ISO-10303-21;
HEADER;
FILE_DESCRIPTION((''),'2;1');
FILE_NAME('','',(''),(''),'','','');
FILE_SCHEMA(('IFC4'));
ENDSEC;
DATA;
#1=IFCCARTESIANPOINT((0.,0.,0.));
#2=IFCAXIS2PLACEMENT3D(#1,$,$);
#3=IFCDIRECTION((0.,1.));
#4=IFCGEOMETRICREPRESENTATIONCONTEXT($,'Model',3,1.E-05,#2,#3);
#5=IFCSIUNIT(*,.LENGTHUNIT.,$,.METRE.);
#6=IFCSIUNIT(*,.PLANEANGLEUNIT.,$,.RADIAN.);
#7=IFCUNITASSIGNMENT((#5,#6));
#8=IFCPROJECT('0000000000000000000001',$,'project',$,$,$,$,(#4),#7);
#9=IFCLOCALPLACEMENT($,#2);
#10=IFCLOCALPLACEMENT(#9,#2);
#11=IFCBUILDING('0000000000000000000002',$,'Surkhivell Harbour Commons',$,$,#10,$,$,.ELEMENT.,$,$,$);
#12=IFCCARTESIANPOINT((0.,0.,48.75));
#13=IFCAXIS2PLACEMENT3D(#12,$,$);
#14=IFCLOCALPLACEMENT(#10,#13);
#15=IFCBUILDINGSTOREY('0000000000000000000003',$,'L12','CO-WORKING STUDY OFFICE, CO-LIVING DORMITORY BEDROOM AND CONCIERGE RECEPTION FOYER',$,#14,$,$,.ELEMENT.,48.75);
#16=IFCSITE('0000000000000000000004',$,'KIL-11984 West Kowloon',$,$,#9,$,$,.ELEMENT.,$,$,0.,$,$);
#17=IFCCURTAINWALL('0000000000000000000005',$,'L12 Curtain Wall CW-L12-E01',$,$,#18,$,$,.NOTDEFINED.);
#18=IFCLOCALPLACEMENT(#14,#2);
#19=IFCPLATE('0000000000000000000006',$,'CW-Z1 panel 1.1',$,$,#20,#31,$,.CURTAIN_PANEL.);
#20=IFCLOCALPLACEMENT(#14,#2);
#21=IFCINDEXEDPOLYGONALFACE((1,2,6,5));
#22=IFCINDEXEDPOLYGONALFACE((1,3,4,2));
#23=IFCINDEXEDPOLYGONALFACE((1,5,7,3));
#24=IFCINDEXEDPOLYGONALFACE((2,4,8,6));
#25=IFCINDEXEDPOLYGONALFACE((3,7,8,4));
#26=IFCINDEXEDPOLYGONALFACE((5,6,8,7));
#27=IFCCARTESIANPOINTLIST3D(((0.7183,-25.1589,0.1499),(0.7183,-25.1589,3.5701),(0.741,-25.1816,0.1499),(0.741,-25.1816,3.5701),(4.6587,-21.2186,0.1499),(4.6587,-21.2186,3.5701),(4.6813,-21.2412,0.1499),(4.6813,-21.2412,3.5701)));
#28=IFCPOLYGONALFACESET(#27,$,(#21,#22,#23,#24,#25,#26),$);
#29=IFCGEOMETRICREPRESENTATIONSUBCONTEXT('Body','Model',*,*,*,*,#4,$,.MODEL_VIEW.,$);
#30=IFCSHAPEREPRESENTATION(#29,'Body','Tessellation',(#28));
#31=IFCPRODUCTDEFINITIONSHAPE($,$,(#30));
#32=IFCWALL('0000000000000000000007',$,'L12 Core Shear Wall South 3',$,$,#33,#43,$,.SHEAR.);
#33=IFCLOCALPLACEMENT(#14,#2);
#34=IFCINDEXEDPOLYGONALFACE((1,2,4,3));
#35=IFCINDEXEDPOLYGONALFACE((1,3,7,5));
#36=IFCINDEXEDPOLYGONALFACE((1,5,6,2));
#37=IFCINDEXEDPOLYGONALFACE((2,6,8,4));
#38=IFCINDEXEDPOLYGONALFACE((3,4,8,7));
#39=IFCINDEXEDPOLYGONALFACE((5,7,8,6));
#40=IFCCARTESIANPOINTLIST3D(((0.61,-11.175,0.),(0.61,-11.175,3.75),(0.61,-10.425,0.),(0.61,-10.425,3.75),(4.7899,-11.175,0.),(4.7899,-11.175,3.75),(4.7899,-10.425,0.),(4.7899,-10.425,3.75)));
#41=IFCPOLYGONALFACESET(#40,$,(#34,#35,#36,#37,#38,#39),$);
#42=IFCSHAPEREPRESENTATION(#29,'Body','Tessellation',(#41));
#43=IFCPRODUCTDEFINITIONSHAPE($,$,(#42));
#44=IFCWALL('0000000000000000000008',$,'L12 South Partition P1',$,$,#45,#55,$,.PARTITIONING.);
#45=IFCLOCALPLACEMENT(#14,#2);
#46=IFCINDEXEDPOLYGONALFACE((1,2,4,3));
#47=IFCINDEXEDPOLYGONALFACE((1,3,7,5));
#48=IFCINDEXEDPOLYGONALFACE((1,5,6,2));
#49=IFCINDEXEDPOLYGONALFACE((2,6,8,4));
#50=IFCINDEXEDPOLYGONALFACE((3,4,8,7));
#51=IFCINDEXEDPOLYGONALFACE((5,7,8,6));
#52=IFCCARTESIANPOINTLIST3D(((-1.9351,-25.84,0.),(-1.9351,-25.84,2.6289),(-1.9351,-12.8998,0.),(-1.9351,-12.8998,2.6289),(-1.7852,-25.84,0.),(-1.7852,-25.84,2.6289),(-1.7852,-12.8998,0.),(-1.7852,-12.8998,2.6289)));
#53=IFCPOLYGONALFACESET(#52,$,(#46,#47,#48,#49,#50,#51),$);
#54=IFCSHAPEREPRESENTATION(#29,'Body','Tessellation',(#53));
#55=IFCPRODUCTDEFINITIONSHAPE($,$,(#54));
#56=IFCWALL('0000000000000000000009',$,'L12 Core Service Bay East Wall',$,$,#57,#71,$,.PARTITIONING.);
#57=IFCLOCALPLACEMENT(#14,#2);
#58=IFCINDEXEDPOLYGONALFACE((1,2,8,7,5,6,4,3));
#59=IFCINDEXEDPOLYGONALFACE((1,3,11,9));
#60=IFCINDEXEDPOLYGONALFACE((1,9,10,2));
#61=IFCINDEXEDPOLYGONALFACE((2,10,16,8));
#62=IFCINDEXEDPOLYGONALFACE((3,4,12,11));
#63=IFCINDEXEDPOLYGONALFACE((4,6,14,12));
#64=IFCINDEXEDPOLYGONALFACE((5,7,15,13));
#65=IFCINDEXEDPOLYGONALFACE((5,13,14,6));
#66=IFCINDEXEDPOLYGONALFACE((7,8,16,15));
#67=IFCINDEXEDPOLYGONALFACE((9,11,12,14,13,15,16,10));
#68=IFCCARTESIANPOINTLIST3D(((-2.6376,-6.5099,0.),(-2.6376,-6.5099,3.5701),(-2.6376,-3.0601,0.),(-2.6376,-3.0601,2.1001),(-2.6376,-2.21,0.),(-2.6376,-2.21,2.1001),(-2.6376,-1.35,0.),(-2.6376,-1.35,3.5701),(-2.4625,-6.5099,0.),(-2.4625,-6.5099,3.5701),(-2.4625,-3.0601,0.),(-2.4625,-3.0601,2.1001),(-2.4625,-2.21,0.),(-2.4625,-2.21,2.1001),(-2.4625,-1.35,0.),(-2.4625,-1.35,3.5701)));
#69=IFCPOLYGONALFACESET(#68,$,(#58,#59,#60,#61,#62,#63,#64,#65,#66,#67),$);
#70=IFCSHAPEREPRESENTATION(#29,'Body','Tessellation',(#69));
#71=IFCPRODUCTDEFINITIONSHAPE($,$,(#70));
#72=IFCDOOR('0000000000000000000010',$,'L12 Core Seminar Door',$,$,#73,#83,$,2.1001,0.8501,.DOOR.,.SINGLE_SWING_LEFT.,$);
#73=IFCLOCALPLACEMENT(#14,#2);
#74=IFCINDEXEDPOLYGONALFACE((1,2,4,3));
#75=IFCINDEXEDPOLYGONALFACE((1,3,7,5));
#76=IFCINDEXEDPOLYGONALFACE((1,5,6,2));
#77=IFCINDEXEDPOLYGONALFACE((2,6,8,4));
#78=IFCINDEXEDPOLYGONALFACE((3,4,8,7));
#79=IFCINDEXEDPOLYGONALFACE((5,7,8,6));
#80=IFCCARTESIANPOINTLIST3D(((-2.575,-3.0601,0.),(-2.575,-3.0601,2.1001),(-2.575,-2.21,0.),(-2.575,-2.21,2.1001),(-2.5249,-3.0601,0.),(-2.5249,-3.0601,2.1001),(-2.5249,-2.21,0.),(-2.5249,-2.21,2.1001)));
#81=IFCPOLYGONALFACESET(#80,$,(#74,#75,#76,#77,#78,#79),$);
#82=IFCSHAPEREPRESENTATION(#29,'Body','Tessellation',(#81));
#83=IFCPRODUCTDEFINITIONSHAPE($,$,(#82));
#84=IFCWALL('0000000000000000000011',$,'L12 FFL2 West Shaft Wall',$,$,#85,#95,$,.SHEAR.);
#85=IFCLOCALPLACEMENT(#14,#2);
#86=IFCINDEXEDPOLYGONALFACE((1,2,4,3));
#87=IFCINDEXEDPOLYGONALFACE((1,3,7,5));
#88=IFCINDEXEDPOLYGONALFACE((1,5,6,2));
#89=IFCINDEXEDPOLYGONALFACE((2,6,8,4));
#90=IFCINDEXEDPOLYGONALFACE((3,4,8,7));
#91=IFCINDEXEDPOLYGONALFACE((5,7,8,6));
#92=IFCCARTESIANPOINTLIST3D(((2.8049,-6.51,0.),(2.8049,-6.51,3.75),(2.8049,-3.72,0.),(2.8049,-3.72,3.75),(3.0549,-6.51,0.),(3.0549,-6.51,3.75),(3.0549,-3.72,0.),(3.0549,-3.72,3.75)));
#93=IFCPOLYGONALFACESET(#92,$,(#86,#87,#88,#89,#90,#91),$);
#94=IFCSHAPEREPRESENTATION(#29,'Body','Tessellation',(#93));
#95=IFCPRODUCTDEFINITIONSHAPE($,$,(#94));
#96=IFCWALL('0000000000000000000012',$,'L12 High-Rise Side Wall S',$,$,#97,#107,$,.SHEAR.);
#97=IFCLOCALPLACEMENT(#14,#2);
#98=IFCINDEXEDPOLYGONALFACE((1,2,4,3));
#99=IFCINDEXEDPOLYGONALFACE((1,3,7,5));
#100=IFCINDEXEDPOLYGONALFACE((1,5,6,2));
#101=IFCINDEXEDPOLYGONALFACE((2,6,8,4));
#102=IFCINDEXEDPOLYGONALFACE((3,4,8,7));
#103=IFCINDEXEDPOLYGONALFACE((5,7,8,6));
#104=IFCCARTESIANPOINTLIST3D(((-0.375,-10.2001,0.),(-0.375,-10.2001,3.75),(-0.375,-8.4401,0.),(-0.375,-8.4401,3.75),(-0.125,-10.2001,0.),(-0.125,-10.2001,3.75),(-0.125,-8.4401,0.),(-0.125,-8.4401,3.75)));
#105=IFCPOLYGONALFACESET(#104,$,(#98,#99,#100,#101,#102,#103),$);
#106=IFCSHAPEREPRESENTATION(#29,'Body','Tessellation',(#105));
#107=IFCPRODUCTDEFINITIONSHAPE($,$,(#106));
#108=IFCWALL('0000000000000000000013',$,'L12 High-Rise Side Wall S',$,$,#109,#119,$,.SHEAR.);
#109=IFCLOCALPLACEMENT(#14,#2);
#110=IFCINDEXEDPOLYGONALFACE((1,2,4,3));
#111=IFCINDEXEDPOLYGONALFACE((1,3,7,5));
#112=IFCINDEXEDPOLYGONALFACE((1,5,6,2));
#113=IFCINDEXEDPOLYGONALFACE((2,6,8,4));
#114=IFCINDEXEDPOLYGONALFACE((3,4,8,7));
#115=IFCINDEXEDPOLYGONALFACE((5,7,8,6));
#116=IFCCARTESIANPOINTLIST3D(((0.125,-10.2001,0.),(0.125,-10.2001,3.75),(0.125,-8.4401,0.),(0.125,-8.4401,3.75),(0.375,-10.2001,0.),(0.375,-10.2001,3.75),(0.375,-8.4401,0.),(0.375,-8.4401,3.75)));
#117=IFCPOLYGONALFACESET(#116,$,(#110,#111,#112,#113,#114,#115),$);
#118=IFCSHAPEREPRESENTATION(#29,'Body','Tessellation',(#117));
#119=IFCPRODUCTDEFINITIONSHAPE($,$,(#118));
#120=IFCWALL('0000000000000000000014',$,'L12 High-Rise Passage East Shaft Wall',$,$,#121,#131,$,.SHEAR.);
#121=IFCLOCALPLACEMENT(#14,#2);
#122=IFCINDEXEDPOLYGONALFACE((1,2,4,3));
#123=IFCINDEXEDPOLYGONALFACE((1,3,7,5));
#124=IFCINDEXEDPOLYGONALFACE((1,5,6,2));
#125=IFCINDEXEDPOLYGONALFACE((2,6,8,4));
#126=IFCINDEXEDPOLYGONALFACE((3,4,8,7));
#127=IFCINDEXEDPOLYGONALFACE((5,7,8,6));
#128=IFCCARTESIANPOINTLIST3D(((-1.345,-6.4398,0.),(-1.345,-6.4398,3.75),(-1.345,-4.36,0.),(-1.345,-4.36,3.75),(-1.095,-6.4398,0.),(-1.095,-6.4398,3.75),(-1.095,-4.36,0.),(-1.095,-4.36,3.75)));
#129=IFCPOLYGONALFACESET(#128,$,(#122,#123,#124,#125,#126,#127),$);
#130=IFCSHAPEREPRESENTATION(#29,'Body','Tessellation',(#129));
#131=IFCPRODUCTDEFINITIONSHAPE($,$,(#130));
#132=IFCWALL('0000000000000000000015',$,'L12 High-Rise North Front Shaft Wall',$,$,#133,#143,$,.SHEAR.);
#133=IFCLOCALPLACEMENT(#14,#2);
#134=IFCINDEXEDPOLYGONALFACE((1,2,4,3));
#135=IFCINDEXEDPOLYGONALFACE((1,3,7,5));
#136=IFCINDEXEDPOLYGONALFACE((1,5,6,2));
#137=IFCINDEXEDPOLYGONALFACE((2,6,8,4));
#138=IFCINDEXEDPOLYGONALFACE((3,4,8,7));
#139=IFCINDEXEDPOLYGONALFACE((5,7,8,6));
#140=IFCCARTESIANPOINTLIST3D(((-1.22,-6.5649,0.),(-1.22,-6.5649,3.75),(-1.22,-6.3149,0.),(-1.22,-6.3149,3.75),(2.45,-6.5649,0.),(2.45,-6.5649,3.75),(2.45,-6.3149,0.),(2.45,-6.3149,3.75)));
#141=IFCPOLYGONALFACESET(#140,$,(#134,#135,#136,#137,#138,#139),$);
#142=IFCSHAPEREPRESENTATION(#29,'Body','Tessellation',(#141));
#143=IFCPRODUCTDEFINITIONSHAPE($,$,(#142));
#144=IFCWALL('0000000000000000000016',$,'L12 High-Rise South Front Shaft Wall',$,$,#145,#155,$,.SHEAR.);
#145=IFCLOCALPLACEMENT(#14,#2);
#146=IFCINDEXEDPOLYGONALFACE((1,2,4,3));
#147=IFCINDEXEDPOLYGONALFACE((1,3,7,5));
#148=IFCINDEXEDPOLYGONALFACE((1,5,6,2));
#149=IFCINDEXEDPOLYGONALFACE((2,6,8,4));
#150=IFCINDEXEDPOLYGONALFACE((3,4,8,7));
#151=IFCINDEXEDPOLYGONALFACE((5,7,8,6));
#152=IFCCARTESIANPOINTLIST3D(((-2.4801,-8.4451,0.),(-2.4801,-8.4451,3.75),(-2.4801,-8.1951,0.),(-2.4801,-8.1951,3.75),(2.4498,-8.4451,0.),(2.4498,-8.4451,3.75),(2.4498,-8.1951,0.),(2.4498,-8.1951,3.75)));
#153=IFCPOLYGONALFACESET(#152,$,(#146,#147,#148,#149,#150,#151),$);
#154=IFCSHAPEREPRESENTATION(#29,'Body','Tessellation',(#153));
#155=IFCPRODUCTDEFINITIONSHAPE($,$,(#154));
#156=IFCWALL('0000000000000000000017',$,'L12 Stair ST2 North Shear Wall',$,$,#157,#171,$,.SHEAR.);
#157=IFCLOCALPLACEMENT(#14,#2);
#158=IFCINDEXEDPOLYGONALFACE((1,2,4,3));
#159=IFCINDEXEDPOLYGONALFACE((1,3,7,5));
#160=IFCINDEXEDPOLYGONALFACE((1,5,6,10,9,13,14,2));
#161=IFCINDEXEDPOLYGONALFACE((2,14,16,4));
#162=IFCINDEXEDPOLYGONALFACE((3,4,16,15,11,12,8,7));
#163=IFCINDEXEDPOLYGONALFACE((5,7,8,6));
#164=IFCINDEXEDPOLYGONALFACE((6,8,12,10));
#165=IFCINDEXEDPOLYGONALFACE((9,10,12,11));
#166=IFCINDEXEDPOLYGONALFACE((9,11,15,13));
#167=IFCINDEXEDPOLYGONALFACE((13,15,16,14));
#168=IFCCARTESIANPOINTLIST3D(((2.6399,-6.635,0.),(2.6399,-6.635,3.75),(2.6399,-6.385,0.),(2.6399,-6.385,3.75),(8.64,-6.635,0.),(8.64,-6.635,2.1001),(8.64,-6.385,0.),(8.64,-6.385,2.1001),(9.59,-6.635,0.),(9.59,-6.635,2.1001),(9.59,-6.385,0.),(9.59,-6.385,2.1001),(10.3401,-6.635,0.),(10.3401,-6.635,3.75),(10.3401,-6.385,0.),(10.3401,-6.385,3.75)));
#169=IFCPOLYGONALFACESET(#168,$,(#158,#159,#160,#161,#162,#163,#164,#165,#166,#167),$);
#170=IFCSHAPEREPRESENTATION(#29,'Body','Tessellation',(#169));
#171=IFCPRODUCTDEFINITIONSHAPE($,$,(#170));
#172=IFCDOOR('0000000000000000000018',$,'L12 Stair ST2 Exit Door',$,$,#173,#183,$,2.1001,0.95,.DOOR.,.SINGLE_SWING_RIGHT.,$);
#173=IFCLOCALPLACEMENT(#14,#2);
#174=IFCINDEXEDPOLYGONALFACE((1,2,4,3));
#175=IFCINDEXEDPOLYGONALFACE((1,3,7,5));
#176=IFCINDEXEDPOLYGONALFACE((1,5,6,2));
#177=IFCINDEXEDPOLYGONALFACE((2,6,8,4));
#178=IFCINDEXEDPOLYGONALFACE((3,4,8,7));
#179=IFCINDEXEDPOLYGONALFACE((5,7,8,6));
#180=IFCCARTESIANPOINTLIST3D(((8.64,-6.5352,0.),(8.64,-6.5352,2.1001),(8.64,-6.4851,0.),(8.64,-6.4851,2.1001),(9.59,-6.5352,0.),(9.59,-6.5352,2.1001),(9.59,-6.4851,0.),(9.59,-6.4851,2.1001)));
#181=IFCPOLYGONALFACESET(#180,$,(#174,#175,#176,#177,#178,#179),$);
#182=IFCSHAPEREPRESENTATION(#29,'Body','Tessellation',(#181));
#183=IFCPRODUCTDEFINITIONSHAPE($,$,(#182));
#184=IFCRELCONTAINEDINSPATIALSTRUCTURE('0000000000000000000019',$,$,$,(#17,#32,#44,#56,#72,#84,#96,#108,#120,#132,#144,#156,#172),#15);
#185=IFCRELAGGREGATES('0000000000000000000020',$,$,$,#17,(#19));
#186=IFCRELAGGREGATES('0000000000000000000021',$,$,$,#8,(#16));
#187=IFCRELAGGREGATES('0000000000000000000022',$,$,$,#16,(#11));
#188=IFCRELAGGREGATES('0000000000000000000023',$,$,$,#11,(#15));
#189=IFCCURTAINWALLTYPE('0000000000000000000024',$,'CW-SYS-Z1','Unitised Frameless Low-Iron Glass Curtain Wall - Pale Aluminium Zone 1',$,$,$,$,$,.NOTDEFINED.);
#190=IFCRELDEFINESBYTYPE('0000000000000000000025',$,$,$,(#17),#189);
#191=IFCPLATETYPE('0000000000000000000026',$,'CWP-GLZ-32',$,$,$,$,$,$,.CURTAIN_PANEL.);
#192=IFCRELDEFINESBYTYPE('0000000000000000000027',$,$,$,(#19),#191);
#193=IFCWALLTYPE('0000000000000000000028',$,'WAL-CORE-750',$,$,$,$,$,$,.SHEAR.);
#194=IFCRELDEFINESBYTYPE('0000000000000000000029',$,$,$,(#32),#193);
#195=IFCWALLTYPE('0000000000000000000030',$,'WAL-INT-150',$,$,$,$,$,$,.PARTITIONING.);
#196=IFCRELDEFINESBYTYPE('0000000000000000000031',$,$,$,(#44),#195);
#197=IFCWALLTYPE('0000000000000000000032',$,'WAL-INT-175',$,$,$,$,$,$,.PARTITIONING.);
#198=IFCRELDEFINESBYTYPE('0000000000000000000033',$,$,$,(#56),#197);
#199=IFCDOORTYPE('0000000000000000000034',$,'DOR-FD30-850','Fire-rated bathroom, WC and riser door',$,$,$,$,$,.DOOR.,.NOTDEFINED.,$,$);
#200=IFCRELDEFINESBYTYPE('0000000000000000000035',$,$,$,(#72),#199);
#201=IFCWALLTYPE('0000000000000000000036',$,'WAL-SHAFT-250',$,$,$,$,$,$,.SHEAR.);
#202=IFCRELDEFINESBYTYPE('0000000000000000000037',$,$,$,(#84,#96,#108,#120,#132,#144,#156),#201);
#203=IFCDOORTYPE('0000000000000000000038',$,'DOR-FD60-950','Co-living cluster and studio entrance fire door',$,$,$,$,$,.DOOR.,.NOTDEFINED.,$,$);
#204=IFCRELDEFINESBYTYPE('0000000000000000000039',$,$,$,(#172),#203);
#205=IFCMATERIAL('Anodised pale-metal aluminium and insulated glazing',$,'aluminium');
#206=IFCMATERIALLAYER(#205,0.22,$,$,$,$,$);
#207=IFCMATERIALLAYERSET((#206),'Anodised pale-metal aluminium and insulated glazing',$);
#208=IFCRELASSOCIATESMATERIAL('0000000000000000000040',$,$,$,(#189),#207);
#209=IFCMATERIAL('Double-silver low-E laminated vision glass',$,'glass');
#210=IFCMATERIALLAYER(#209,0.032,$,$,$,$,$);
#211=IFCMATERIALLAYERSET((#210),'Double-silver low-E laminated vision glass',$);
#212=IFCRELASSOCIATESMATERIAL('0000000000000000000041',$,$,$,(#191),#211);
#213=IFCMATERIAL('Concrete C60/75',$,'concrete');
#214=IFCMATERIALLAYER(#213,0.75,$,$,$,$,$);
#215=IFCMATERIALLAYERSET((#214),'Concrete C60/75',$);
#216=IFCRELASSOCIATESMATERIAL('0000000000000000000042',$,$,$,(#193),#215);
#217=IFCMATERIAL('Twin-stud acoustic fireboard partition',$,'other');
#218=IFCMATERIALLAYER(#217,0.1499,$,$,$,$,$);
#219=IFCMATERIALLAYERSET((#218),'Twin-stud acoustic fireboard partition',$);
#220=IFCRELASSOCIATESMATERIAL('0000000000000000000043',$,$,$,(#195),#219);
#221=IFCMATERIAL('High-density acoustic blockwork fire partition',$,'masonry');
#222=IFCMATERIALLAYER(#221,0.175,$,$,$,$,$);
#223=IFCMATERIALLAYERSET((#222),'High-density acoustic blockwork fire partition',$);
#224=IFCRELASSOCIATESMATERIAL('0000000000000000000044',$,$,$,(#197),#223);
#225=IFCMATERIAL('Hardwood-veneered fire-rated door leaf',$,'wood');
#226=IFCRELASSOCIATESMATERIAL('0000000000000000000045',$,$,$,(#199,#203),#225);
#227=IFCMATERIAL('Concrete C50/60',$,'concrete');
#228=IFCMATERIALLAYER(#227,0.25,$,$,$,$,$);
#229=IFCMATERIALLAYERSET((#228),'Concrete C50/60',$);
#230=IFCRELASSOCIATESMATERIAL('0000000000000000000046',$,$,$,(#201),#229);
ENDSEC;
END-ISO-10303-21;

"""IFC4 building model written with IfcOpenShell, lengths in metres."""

from ifc_helpers import new_model, si_unit, direction, frame, frame_2d, origin, place, context, subcontext, project, spatial, rectangle, extrude, material, layer, layer_set, type_object, element, fill, aggregate, save


model = new_model("IFC4")

# Units and contexts
model_context = context("Model", 3, precision=1e-05, world=origin(), true_north=direction((0.0, 1.0)))
body_context = subcontext(model_context, "Body", "Model", "MODEL_VIEW")
ifc_project = project(units=[si_unit("LENGTHUNIT", "METRE"), si_unit("PLANEANGLEUNIT", "RADIAN")], contexts=[model_context])

# Site, building, storey
site_placement = place(None, origin())
site = spatial("IfcSite", under=ifc_project, at=site_placement, Name="KIL-11984 West Kowloon", CompositionType="ELEMENT", RefElevation=0.0)
building_placement = place(site_placement, origin())
building = spatial("IfcBuilding", under=site, at=building_placement, Name="Surkhivell Harbour Commons", CompositionType="ELEMENT")
storey_placement = place(building_placement, frame((0.0, 0.0, 48.75)))
storey = spatial("IfcBuildingStorey", under=building, at=storey_placement, Name="L12", Description="CO-WORKING STUDY OFFICE, CO-LIVING DORMITORY BEDROOM AND CONCIERGE RECEPTION FOYER", CompositionType="ELEMENT", Elevation=48.75)

# Shared definitions
ifc_material_1 = material(Name="Anodised pale-metal aluminium and insulated glazing", Category="aluminium")
ifc_layer_1 = layer(ifc_material_1, 0.22)
ifc_layer_set_1 = layer_set([ifc_layer_1], Name="Anodised pale-metal aluminium and insulated glazing")
curtain_wall_type = type_object("IfcCurtainWallType", Name="CW-SYS-Z1", Description="Unitised Frameless Low-Iron Glass Curtain Wall - Pale Aluminium Zone 1", PredefinedType="NOTDEFINED", material=ifc_layer_set_1)

# Curtain wall
curtain_wall_1_placement = place(storey_placement, origin())
curtain_wall_1 = element("IfcCurtainWall", 1, at=curtain_wall_1_placement, inside=storey, type_object=curtain_wall_type, Name="L12 Curtain Wall CW-L12-E01", PredefinedType="NOTDEFINED")

# Plate
ifc_material_2 = material(Name="Double-silver low-E laminated vision glass", Category="glass")
ifc_layer_2 = layer(ifc_material_2, 0.032)
ifc_layer_set_2 = layer_set([ifc_layer_2], Name="Double-silver low-E laminated vision glass")
plate_type = type_object("IfcPlateType", Name="CWP-GLZ-32", PredefinedType="CURTAIN_PANEL", material=ifc_layer_set_2)
plate_1_placement = place(storey_placement, frame((0.7297, -25.1702, 0.1499), z_axis=(0.0, 0.0, 1.0), x_axis=(0.707107, 0.707107, 0.0)))
plate_1 = element("IfcPlate", 2, at=plate_1_placement, type_object=plate_type, Name="CW-Z1 panel 1.1", PredefinedType="CURTAIN_PANEL", context=body_context, shape_type="SweptSolid", body=[
    extrude(rectangle(XDim=5.5725, YDim=0.032, at=frame_2d((2.7861, 0.0))), origin(), (0.0, 0.0, 1.0), 3.4202),
])
aggregate(curtain_wall_1, [plate_1])

# Walls
ifc_material_3 = material(Name="Concrete C60/75", Category="concrete")
ifc_layer_3 = layer(ifc_material_3, 0.75)
ifc_layer_set_3 = layer_set([ifc_layer_3], Name="Concrete C60/75")
wall_type_1 = type_object("IfcWallType", Name="WAL-CORE-750", PredefinedType="SHEAR", material=ifc_layer_set_3)
wall_1_placement = place(storey_placement, frame((0.6101, -10.8, 0.0), z_axis=(0.0, 0.0, 1.0), x_axis=(1.0, 0.0, 0.0)))
element("IfcWall", 3, at=wall_1_placement, inside=storey, type_object=wall_type_1, Name="L12 Core Shear Wall South 3", PredefinedType="SHEAR", context=body_context, shape_type="SweptSolid", body=[
    extrude(rectangle(XDim=4.1799, YDim=0.75, at=frame_2d((2.0898, 0.0))), origin(), (0.0, 0.0, 1.0), 3.75),
])
ifc_material_4 = material(Name="Twin-stud acoustic fireboard partition", Category="other")
ifc_layer_4 = layer(ifc_material_4, 0.1499)
ifc_layer_set_4 = layer_set([ifc_layer_4], Name="Twin-stud acoustic fireboard partition")
wall_type_2 = type_object("IfcWallType", Name="WAL-INT-150", PredefinedType="PARTITIONING", material=ifc_layer_set_4)
wall_2_placement = place(storey_placement, frame((-1.8601, -25.8401, 0.0), z_axis=(0.0, 0.0, 1.0), x_axis=(0.0, 1.0, 0.0)))
element("IfcWall", 4, at=wall_2_placement, inside=storey, type_object=wall_type_2, Name="L12 South Partition P1", PredefinedType="PARTITIONING", context=body_context, shape_type="SweptSolid", body=[
    extrude(rectangle(XDim=12.9402, YDim=0.1499, at=frame_2d((6.4702, 0.0))), origin(), (0.0, 0.0, 1.0), 2.6289),
])

# Wall, opening, door
ifc_material_5 = material(Name="High-density acoustic blockwork fire partition", Category="masonry")
ifc_layer_5 = layer(ifc_material_5, 0.175)
ifc_layer_set_5 = layer_set([ifc_layer_5], Name="High-density acoustic blockwork fire partition")
wall_type_3 = type_object("IfcWallType", Name="WAL-INT-175", PredefinedType="PARTITIONING", material=ifc_layer_set_5)
wall_3_placement = place(storey_placement, frame((-2.55, -6.51, 0.0), z_axis=(0.0, 0.0, 1.0), x_axis=(0.0, 1.0, 0.0)))
wall_3 = element("IfcWall", 5, at=wall_3_placement, inside=storey, type_object=wall_type_3, Name="L12 Core Service Bay East Wall", PredefinedType="PARTITIONING", context=body_context, shape_type="SweptSolid", body=[
    extrude(rectangle(XDim=5.1599, YDim=0.175, at=frame_2d((2.5801, 0.0))), origin(), (0.0, 0.0, 1.0), 3.5701),
])
opening_1_placement = place(wall_3_placement, frame((3.45, 0.0, 0.0)))
opening_1 = element("IfcOpeningElement", 6, at=opening_1_placement, cuts=wall_3, PredefinedType="OPENING", context=body_context, shape_type="SweptSolid", body=[
    extrude(rectangle(XDim=0.8501, YDim=2.1001, at=frame_2d((0.425, 1.05))), frame((0.0, 0.0974, 0.0), z_axis=(0.0, -1.0, 0.0), x_axis=(1.0, 0.0, 0.0)), (0.0, 0.0, 1.0), 0.1951),
])
ifc_material_6 = material(Name="Hardwood-veneered fire-rated door leaf", Category="wood")
door_type_1 = type_object("IfcDoorType", Name="DOR-FD30-850", Description="Fire-rated bathroom, WC and riser door", OperationType="NOTDEFINED", PredefinedType="DOOR", material=ifc_material_6)
door_1_placement = place(opening_1_placement, origin())
door_1 = element("IfcDoor", 7, at=door_1_placement, inside=storey, type_object=door_type_1, Name="L12 Core Seminar Door", OperationType="SINGLE_SWING_LEFT", OverallHeight=2.1001, OverallWidth=0.8501, PredefinedType="DOOR", context=body_context, shape_type="SweptSolid", body=[
    extrude(rectangle(XDim=0.8501, YDim=2.1001, at=frame_2d((0.425, 1.05))), frame((0.0, 0.0249, 0.0), z_axis=(0.0, -1.0, 0.0), x_axis=(1.0, 0.0, 0.0)), (0.0, 0.0, 1.0), 0.05),
])
fill(opening_1, door_1)

# Walls
ifc_material_7 = material(Name="Concrete C50/60", Category="concrete")
ifc_layer_6 = layer(ifc_material_7, 0.25)
ifc_layer_set_6 = layer_set([ifc_layer_6], Name="Concrete C50/60")
wall_type_4 = type_object("IfcWallType", Name="WAL-SHAFT-250", PredefinedType="SHEAR", material=ifc_layer_set_6)
wall_4_placement = place(storey_placement, frame((2.9299, -6.51, 0.0), z_axis=(0.0, 0.0, 1.0), x_axis=(0.0, 1.0, 0.0)))
element("IfcWall", 8, at=wall_4_placement, inside=storey, type_object=wall_type_4, Name="L12 FFL2 West Shaft Wall", PredefinedType="SHEAR", context=body_context, shape_type="SweptSolid", body=[
    extrude(rectangle(XDim=2.79, YDim=0.25, at=frame_2d((1.395, 0.0))), origin(), (0.0, 0.0, 1.0), 3.75),
])
for number, where, z_axis, x_axis, name in (
    (9, (-0.25, -10.2, 0.0), (0.0, 0.0, 1.0), (0.0, 1.0, 0.0), "L12 High-Rise Side Wall S"),
    (10, (0.25, -10.2, 0.0), (0.0, 0.0, 1.0), (0.0, 1.0, 0.0), "L12 High-Rise Side Wall S"),
):
    element("IfcWall", number, at=place(storey_placement, frame(where, z_axis=z_axis, x_axis=x_axis)), inside=storey, type_object=wall_type_4, Name=name, PredefinedType="SHEAR", context=body_context, shape_type="SweptSolid", body=[
        extrude(rectangle(XDim=1.76, YDim=0.25, at=frame_2d((0.8799, 0.0))), origin(), (0.0, 0.0, 1.0), 3.75),
    ])
wall_5_placement = place(storey_placement, frame((-1.22, -6.4399, 0.0), z_axis=(0.0, 0.0, 1.0), x_axis=(0.0, 1.0, 0.0)))
element("IfcWall", 11, at=wall_5_placement, inside=storey, type_object=wall_type_4, Name="L12 High-Rise Passage East Shaft Wall", PredefinedType="SHEAR", context=body_context, shape_type="SweptSolid", body=[
    extrude(rectangle(XDim=2.0798, YDim=0.25, at=frame_2d((1.04, 0.0))), origin(), (0.0, 0.0, 1.0), 3.75),
])
wall_6_placement = place(storey_placement, frame((-1.22, -6.4399, 0.0), z_axis=(0.0, 0.0, 1.0), x_axis=(1.0, 0.0, 0.0)))
element("IfcWall", 12, at=wall_6_placement, inside=storey, type_object=wall_type_4, Name="L12 High-Rise North Front Shaft Wall", PredefinedType="SHEAR", context=body_context, shape_type="SweptSolid", body=[
    extrude(rectangle(XDim=3.6699, YDim=0.25, at=frame_2d((1.835, 0.0))), origin(), (0.0, 0.0, 1.0), 3.75),
])
wall_7_placement = place(storey_placement, frame((-2.48, -8.3201, 0.0), z_axis=(0.0, 0.0, 1.0), x_axis=(1.0, 0.0, 0.0)))
element("IfcWall", 13, at=wall_7_placement, inside=storey, type_object=wall_type_4, Name="L12 High-Rise South Front Shaft Wall", PredefinedType="SHEAR", context=body_context, shape_type="SweptSolid", body=[
    extrude(rectangle(XDim=4.9299, YDim=0.25, at=frame_2d((2.4648, 0.0))), origin(), (0.0, 0.0, 1.0), 3.75),
])

# Wall, opening, door
wall_8_placement = place(storey_placement, frame((2.6399, -6.51, 0.0), z_axis=(0.0, 0.0, 1.0), x_axis=(1.0, 0.0, 0.0)))
wall_8 = element("IfcWall", 14, at=wall_8_placement, inside=storey, type_object=wall_type_4, Name="L12 Stair ST2 North Shear Wall", PredefinedType="SHEAR", context=body_context, shape_type="SweptSolid", body=[
    extrude(rectangle(XDim=7.7002, YDim=0.25, at=frame_2d((3.8501, 0.0))), origin(), (0.0, 0.0, 1.0), 3.75),
])
opening_2_placement = place(wall_8_placement, frame((6.0, 0.0, 0.0)))
opening_2 = element("IfcOpeningElement", 15, at=opening_2_placement, cuts=wall_8, PredefinedType="OPENING", context=body_context, shape_type="SweptSolid", body=[
    extrude(rectangle(XDim=0.95, YDim=2.1001, at=frame_2d((0.4751, 1.05))), frame((0.0, 0.135, 0.0), z_axis=(0.0, -1.0, 0.0), x_axis=(1.0, 0.0, 0.0)), (0.0, 0.0, 1.0), 0.27),
])
door_type_2 = type_object("IfcDoorType", Name="DOR-FD60-950", Description="Co-living cluster and studio entrance fire door", OperationType="NOTDEFINED", PredefinedType="DOOR", material=ifc_material_6)
door_2_placement = place(opening_2_placement, origin())
door_2 = element("IfcDoor", 16, at=door_2_placement, inside=storey, type_object=door_type_2, Name="L12 Stair ST2 Exit Door", OperationType="SINGLE_SWING_RIGHT", OverallHeight=2.1001, OverallWidth=0.95, PredefinedType="DOOR", context=body_context, shape_type="SweptSolid", body=[
    extrude(rectangle(XDim=0.95, YDim=2.1001, at=frame_2d((0.4751, 1.05))), frame((0.0, 0.0249, 0.0), z_axis=(0.0, -1.0, 0.0), x_axis=(1.0, 0.0, 0.0)), (0.0, 0.0, 1.0), 0.05),
])
fill(opening_2, door_2)

save(model, "model.ifc")
